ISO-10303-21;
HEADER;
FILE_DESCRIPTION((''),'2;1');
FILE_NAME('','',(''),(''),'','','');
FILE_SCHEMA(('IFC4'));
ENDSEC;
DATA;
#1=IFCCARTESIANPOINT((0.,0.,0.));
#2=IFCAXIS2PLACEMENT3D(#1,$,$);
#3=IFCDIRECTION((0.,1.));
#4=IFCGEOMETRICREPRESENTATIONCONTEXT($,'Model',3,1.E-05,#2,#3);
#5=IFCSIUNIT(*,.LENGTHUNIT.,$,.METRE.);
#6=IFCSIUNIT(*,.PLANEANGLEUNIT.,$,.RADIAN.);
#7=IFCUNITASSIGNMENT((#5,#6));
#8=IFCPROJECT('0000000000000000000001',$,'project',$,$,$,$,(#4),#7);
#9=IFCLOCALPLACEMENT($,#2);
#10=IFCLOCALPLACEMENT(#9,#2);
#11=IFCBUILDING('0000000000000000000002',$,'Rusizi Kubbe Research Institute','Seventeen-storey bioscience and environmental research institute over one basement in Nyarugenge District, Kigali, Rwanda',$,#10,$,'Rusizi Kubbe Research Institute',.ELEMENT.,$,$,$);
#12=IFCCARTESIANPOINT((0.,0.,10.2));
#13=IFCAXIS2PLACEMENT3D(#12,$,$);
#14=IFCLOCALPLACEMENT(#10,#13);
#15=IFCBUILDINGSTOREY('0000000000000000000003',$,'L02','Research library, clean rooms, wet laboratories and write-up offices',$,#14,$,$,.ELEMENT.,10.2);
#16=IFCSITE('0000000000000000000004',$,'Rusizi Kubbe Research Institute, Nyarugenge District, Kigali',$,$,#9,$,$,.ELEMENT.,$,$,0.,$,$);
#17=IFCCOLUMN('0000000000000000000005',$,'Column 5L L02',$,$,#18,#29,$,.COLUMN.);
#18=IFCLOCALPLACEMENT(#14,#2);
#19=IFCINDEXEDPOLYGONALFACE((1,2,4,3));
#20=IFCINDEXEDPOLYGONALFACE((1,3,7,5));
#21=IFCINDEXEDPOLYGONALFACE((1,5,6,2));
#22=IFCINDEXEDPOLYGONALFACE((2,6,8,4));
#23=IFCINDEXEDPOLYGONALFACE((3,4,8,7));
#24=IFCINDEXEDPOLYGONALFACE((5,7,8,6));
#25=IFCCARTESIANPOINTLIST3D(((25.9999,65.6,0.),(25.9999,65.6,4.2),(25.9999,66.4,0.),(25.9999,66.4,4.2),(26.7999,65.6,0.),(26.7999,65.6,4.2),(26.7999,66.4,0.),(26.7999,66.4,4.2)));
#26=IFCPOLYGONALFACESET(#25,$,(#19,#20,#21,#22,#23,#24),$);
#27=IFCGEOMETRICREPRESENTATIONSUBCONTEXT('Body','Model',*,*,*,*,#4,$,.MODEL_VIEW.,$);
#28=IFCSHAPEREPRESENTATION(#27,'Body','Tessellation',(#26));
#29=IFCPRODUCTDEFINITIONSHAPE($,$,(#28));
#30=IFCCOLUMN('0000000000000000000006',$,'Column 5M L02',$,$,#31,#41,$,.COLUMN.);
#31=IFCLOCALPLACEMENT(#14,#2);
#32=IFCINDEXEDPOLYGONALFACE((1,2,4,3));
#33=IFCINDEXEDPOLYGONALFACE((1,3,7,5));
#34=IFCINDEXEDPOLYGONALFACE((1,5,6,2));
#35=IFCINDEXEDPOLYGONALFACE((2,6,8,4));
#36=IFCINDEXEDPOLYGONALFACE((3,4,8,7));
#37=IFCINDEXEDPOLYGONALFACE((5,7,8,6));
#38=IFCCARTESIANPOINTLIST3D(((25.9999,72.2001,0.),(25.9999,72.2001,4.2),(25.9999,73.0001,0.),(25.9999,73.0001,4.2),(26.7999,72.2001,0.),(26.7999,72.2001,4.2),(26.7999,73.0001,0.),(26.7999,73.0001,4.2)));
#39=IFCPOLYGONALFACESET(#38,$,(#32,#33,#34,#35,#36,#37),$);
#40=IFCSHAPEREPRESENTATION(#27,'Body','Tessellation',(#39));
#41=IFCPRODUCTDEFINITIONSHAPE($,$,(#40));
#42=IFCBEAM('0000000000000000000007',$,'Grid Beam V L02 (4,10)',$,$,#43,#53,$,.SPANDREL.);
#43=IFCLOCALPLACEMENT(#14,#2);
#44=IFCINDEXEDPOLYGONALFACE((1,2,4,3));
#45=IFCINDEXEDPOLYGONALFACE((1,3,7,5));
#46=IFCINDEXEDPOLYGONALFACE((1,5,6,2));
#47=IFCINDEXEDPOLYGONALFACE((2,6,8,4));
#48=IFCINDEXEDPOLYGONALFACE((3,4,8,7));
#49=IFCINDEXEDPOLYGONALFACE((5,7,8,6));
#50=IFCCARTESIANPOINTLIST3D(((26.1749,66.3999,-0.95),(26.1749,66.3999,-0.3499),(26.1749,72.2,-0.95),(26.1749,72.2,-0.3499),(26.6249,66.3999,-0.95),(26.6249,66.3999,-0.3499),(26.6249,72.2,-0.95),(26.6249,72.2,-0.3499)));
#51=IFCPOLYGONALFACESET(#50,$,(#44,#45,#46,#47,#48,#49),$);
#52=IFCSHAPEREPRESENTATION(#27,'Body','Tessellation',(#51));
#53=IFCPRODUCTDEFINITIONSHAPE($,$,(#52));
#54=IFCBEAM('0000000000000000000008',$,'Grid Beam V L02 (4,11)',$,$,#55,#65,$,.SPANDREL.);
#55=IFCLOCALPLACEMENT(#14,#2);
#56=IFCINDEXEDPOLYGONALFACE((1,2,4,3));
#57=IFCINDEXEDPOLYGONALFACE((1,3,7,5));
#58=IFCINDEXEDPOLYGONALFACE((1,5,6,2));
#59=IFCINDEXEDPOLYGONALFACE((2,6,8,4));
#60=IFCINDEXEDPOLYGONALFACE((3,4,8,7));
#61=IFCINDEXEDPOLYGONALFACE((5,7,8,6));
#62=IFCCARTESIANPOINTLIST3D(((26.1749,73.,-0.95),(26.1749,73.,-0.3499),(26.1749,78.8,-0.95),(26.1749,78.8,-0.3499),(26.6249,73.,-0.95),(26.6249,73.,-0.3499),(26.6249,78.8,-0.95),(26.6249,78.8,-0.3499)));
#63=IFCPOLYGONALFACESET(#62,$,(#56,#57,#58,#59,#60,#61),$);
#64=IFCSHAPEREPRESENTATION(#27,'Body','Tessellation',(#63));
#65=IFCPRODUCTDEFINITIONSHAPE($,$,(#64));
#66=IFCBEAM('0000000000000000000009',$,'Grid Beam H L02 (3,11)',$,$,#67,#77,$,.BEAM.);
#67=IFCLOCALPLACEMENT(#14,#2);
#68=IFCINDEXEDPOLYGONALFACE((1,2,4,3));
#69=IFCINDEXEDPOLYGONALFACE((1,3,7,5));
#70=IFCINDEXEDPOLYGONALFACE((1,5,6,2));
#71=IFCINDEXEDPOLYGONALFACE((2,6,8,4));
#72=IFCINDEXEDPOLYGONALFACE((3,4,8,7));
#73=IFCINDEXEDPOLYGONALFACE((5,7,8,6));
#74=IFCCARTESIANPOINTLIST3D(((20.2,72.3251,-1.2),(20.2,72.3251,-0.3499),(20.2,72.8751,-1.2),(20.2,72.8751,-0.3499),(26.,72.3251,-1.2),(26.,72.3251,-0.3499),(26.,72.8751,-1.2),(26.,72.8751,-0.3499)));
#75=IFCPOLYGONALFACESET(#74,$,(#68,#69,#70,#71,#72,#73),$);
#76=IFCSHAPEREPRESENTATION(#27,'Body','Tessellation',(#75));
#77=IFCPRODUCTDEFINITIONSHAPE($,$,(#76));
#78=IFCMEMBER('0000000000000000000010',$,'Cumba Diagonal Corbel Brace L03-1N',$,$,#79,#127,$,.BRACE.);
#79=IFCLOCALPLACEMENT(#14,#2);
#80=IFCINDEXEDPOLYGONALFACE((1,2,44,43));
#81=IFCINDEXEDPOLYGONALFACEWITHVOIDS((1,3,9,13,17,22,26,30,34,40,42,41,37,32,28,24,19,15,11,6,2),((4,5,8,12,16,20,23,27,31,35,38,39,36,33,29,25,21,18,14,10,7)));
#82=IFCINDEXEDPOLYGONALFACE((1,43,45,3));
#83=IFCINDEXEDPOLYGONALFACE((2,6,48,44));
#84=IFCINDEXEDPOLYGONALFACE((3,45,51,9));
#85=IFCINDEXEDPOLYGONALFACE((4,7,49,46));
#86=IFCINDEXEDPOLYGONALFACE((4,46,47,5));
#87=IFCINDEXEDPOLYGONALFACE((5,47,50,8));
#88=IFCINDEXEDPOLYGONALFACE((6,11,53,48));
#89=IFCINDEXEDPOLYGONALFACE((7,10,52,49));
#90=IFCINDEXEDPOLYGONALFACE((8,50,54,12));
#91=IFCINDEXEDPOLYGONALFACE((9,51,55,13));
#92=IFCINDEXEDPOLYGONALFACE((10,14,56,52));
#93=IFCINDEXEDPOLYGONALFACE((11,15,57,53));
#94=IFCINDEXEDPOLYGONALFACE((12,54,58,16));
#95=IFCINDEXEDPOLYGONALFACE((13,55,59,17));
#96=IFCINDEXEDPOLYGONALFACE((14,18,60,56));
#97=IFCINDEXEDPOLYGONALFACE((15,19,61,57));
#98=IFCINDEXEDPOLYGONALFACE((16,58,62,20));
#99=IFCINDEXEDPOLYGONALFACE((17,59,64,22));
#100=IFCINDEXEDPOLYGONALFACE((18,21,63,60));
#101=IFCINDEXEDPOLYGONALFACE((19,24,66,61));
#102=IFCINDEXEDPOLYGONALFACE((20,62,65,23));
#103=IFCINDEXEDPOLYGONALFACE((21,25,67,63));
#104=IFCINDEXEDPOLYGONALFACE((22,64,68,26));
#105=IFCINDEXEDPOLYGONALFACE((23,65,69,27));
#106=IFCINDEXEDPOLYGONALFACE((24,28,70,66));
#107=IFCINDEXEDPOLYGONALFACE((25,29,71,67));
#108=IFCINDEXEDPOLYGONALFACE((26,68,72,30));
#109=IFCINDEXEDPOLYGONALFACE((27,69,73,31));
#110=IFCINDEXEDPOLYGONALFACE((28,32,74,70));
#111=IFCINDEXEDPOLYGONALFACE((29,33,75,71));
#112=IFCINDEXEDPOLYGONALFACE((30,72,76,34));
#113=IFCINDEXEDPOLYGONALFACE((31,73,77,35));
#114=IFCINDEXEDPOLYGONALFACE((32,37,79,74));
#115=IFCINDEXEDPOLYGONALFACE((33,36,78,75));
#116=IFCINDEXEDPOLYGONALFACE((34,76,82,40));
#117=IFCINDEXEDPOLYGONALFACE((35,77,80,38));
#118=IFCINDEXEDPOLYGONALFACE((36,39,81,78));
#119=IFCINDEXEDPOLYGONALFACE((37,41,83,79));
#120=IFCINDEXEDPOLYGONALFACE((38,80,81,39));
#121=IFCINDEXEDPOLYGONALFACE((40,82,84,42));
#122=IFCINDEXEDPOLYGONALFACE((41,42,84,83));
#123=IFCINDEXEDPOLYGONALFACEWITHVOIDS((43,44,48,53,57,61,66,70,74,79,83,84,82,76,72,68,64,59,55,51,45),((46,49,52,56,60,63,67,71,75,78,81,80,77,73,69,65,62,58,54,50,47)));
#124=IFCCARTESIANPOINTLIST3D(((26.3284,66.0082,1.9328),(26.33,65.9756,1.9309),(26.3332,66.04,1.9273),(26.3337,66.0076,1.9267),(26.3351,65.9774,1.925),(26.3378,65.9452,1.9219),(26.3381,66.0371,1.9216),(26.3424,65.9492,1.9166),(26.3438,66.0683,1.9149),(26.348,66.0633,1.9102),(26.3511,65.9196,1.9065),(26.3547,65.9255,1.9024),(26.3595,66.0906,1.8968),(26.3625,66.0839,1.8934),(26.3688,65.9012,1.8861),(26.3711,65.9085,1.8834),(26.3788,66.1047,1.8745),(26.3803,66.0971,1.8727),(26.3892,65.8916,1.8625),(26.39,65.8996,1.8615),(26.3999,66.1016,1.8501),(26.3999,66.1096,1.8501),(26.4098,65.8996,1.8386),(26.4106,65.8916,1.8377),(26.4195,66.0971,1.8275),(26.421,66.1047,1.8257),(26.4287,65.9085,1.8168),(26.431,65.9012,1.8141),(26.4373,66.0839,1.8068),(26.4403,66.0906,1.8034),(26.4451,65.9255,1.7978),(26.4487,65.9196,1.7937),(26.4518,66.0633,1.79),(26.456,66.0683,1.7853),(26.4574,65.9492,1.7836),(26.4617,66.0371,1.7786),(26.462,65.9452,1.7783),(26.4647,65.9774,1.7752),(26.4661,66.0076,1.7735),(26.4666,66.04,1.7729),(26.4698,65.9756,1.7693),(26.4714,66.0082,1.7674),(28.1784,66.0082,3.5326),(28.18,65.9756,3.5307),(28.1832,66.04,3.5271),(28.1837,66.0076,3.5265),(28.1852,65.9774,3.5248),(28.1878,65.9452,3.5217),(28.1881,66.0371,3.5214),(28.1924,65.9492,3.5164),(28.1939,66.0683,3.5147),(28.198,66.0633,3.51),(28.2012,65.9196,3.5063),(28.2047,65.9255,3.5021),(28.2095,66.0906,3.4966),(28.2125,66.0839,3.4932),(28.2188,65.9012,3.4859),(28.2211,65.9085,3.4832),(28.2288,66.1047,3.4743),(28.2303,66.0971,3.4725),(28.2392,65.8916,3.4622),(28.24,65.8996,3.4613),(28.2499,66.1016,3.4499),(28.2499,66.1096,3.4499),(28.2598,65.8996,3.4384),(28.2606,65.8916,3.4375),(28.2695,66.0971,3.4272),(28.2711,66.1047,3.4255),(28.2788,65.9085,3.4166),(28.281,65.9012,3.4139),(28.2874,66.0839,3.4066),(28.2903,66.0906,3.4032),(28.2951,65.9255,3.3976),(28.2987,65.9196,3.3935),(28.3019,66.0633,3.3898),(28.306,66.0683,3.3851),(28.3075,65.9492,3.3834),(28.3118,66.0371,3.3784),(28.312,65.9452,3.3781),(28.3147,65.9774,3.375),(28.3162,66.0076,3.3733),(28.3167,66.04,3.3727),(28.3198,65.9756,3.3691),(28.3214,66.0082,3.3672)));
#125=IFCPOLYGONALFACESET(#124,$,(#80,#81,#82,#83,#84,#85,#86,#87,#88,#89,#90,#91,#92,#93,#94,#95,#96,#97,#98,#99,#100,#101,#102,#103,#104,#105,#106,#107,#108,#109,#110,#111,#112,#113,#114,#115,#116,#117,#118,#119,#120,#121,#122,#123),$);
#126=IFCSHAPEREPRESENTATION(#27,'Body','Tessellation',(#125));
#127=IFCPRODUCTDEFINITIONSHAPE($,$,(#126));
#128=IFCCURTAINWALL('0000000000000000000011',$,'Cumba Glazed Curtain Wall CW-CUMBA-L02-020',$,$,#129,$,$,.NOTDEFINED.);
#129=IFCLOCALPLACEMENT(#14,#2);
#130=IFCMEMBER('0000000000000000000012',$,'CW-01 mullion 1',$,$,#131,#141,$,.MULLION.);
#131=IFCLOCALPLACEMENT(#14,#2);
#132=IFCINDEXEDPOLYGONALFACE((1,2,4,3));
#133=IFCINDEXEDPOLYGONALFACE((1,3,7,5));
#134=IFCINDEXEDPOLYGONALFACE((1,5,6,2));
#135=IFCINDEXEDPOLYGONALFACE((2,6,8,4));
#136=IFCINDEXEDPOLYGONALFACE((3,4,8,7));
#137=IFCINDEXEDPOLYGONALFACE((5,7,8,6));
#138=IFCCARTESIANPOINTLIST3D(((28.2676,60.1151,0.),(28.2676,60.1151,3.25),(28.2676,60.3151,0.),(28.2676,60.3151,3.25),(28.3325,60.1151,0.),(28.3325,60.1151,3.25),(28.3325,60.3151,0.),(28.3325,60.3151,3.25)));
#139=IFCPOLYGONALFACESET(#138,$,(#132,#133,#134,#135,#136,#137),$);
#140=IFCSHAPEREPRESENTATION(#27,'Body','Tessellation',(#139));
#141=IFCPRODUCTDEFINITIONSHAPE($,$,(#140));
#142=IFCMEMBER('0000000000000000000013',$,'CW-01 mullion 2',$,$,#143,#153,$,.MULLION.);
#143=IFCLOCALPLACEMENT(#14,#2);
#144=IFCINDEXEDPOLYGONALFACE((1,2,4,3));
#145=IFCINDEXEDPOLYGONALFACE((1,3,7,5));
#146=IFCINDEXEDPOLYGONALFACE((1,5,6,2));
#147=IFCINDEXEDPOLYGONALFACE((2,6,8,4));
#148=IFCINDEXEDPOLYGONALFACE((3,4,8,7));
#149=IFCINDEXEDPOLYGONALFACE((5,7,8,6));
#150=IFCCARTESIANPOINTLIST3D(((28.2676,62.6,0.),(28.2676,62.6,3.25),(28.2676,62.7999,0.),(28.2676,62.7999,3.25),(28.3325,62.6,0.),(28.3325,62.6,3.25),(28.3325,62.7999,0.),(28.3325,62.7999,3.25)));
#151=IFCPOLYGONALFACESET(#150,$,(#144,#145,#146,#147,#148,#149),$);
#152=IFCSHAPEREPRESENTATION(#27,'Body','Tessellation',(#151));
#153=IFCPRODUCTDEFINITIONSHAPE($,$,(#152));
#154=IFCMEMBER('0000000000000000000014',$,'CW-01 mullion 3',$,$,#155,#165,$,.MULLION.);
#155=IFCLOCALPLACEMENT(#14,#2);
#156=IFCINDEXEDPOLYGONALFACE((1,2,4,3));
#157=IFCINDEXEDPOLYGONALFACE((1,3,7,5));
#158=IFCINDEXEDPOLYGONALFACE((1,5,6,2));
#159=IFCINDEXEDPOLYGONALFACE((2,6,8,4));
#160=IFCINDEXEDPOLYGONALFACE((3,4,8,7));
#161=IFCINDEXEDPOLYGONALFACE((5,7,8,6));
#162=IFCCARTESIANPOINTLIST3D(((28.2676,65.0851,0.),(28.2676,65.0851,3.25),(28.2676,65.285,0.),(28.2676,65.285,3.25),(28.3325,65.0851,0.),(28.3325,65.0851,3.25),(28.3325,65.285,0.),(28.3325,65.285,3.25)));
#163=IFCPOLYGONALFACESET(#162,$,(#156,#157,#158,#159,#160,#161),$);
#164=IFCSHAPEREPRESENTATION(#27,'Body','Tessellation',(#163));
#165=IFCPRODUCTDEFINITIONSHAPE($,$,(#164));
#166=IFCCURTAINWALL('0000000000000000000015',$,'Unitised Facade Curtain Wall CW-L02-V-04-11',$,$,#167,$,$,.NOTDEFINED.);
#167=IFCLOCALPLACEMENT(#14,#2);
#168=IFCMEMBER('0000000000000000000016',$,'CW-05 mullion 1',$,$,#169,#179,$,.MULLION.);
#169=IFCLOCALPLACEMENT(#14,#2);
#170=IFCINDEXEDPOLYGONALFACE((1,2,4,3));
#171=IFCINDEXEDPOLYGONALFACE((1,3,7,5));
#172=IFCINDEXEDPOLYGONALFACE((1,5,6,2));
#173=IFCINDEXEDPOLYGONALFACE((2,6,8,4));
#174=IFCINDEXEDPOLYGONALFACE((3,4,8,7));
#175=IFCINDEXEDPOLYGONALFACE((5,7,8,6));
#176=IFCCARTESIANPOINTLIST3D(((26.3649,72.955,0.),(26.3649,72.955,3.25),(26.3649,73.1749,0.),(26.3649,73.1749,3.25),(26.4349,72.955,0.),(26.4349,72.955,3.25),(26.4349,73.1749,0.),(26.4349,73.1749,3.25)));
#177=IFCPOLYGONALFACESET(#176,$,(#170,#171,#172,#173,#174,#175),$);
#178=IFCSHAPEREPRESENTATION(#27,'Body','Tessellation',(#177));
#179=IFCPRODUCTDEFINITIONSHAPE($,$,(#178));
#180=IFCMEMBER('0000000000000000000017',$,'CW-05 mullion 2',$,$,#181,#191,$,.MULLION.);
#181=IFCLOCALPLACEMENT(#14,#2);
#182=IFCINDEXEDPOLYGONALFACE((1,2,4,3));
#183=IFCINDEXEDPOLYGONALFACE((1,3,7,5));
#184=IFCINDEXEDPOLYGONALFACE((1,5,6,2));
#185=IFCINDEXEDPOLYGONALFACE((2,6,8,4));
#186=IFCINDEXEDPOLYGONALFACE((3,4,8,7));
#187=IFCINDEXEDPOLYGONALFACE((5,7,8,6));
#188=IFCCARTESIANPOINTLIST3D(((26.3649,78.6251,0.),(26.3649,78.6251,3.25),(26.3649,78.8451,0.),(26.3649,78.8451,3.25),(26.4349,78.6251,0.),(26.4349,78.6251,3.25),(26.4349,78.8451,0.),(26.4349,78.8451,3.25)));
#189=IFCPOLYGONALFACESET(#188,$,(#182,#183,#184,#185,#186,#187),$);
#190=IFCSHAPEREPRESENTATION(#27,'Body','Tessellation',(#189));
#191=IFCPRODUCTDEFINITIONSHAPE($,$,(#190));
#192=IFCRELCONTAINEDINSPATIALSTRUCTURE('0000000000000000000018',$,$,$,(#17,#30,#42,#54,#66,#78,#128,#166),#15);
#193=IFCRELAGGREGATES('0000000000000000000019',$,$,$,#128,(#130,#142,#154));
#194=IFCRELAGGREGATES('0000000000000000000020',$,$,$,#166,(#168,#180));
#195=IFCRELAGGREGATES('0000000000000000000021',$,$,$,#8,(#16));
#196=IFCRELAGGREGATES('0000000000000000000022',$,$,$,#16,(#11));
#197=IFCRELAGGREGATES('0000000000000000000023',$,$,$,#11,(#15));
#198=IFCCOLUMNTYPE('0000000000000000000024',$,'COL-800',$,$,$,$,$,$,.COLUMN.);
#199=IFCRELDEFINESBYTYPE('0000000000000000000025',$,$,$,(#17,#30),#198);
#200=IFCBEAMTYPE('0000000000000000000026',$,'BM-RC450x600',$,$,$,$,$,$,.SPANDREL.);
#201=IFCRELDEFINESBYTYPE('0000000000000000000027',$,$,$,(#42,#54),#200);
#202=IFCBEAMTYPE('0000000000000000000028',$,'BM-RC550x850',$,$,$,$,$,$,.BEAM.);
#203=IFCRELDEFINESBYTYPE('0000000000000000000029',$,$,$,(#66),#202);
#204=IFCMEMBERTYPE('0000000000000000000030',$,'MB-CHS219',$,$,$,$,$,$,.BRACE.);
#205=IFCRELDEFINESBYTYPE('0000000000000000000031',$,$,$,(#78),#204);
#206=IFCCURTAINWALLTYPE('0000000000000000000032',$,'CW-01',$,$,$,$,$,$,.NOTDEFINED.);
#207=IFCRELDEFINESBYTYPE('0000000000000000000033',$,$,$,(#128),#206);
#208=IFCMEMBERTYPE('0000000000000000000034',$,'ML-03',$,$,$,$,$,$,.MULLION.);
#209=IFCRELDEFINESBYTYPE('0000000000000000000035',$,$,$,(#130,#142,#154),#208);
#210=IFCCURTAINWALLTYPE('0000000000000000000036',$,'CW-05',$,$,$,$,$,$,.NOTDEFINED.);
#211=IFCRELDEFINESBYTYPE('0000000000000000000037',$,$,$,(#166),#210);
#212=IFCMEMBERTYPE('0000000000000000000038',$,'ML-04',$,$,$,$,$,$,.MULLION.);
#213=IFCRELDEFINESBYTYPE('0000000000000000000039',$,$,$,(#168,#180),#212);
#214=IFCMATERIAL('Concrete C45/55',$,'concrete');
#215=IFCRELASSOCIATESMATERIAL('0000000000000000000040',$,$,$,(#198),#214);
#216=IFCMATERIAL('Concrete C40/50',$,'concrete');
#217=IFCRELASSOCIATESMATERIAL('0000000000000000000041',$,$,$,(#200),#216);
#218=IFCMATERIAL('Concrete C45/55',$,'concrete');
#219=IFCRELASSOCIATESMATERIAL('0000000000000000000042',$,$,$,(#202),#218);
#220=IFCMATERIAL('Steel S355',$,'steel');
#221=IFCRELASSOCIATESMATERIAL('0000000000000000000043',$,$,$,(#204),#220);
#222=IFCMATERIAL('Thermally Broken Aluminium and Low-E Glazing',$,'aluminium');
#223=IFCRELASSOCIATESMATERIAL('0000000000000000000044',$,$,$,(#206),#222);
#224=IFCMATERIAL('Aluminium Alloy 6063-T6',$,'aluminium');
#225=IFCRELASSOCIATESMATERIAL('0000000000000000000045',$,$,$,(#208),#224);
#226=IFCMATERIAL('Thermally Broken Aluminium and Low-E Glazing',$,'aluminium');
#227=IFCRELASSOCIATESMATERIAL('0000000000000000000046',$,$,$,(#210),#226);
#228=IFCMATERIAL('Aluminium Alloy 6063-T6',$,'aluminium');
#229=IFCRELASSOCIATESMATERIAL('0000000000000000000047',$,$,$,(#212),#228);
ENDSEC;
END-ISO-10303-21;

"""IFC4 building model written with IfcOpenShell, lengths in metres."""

from ifc_helpers import new_model, si_unit, direction, frame, origin, origin_2d, place, context, subcontext, project, spatial, rectangle, hollow_circle, extrude, material, material_profile, profile_set, type_object, element, aggregate, save


model = new_model("IFC4")

# Units and contexts
model_context = context("Model", 3, precision=1e-05, world=origin(), true_north=direction((0.0, 1.0)))
body_context = subcontext(model_context, "Body", "Model", "MODEL_VIEW")
ifc_project = project(units=[si_unit("LENGTHUNIT", "METRE"), si_unit("PLANEANGLEUNIT", "RADIAN")], contexts=[model_context])

# Site, building, storey
site_placement = place(None, origin())
site = spatial("IfcSite", under=ifc_project, at=site_placement, Name="Rusizi Kubbe Research Institute, Nyarugenge District, Kigali", CompositionType="ELEMENT", RefElevation=0.0)
building_placement = place(site_placement, origin())
building = spatial("IfcBuilding", under=site, at=building_placement, Name="Rusizi Kubbe Research Institute", Description="Seventeen-storey bioscience and environmental research institute over one basement in Nyarugenge District, Kigali, Rwanda", LongName="Rusizi Kubbe Research Institute", CompositionType="ELEMENT")
storey_placement = place(building_placement, frame((0.0, 0.0, 10.2)))
storey = spatial("IfcBuildingStorey", under=building, at=storey_placement, Name="L02", Description="Research library, clean rooms, wet laboratories and write-up offices", CompositionType="ELEMENT", Elevation=10.2)

# Columns
ifc_material_1 = material(Name="Concrete C45/55", Category="concrete")
ifc_material_profile_1 = material_profile(ifc_material_1, rectangle(XDim=0.8, YDim=0.8, at=origin_2d()), Name="RC800x800")
ifc_profile_set_1 = profile_set([ifc_material_profile_1], Name="Concrete C45/55")
column_type = type_object("IfcColumnType", Name="COL-800", PredefinedType="COLUMN", material=ifc_profile_set_1)
for number, where, z_axis, x_axis, name in (
    (1, (26.3999, 66.0, 0.0), (0.0, 0.0, 1.0), (1.0, 0.0, 0.0), "Column 5L L02"),
    (2, (26.3999, 72.6001, 0.0), (0.0, 0.0, 1.0), (1.0, 0.0, 0.0), "Column 5M L02"),
):
    element("IfcColumn", number, at=place(storey_placement, frame(where, z_axis=z_axis, x_axis=x_axis)), inside=storey, type_object=column_type, Name=name, PredefinedType="COLUMN", context=body_context, shape_type="SweptSolid", body=[
        extrude(rectangle(XDim=0.8, YDim=0.8, at=origin_2d()), origin(), (0.0, 0.0, 1.0), 4.2),
    ])

# Beams
ifc_material_2 = material(Name="Concrete C40/50", Category="concrete")
ifc_material_profile_2 = material_profile(ifc_material_2, rectangle(XDim=0.45, YDim=0.6001, at=origin_2d()), Name="RC450x600")
ifc_profile_set_2 = profile_set([ifc_material_profile_2], Name="Concrete C40/50")
beam_type_1 = type_object("IfcBeamType", Name="BM-RC450x600", PredefinedType="SPANDREL", material=ifc_profile_set_2)
for number, where, z_axis, x_axis, name in (
    (3, (26.3999, 66.3999, -0.6499), (0.0, 1.0, 0.0), (-1.0, 0.0, 0.0), "Grid Beam V L02 (4,10)"),
    (4, (26.3999, 73.0, -0.6499), (0.0, 1.0, 0.0), (-1.0, 0.0, 0.0), "Grid Beam V L02 (4,11)"),
):
    element("IfcBeam", number, at=place(storey_placement, frame(where, z_axis=z_axis, x_axis=x_axis)), inside=storey, type_object=beam_type_1, Name=name, PredefinedType="SPANDREL", context=body_context, shape_type="SweptSolid", body=[
        extrude(rectangle(XDim=0.45, YDim=0.6001, at=origin_2d()), origin(), (0.0, 0.0, 1.0), 5.8),
    ])
ifc_material_3 = material(Name="Concrete C45/55", Category="concrete")
ifc_material_profile_3 = material_profile(ifc_material_3, rectangle(XDim=0.55, YDim=0.8501, at=origin_2d()), Name="RC550x850")
ifc_profile_set_3 = profile_set([ifc_material_profile_3], Name="Concrete C45/55")
beam_type_2 = type_object("IfcBeamType", Name="BM-RC550x850", PredefinedType="BEAM", material=ifc_profile_set_3)
beam_placement = place(storey_placement, frame((20.2, 72.6001, -0.7749), z_axis=(1.0, 0.0, 0.0), x_axis=(0.0, 1.0, 0.0)))
element("IfcBeam", 5, at=beam_placement, inside=storey, type_object=beam_type_2, Name="Grid Beam H L02 (3,11)", PredefinedType="BEAM", context=body_context, shape_type="SweptSolid", body=[
    extrude(rectangle(XDim=0.55, YDim=0.8501, at=origin_2d()), origin(), (0.0, 0.0, 1.0), 5.8),
])

# Member
ifc_material_4 = material(Name="Steel S355", Category="steel")
ifc_material_profile_4 = material_profile(ifc_material_4, hollow_circle(Radius=0.1096, WallThickness=0.0081, at=origin_2d()), Name="CHS 219.1x8.0")
ifc_profile_set_4 = profile_set([ifc_material_profile_4], Name="Steel S355")
member_type_1 = type_object("IfcMemberType", Name="MB-CHS219", PredefinedType="BRACE", material=ifc_profile_set_4)
member_1_placement = place(storey_placement, frame((26.3999, 66.0, 1.8501), z_axis=(0.75641, 0.0, 0.654098), x_axis=(0.0, 1.0, 0.0)))
element("IfcMember", 6, at=member_1_placement, inside=storey, type_object=member_type_1, Name="Cumba Diagonal Corbel Brace L03-1N", PredefinedType="BRACE", context=body_context, shape_type="SweptSolid", body=[
    extrude(hollow_circle(Radius=0.1096, WallThickness=0.0081, at=origin_2d()), origin(), (0.0, 0.0, 1.0), 2.4458),
])

# Curtain walls, members
ifc_material_5 = material(Name="Thermally Broken Aluminium and Low-E Glazing", Category="aluminium")
curtain_wall_type_1 = type_object("IfcCurtainWallType", Name="CW-01", PredefinedType="NOTDEFINED", material=ifc_material_5)
curtain_wall_1_placement = place(storey_placement, origin())
curtain_wall_1 = element("IfcCurtainWall", 7, at=curtain_wall_1_placement, inside=storey, type_object=curtain_wall_type_1, Name="Cumba Glazed Curtain Wall CW-CUMBA-L02-020", PredefinedType="NOTDEFINED")
ifc_material_6 = material(Name="Aluminium Alloy 6063-T6", Category="aluminium")
ifc_material_profile_5 = material_profile(ifc_material_6, rectangle(XDim=0.0649, YDim=0.2, at=origin_2d()), Name="ALU-M 65x200")
ifc_profile_set_5 = profile_set([ifc_material_profile_5], Name="Aluminium Alloy 6063-T6")
member_type_2 = type_object("IfcMemberType", Name="ML-03", PredefinedType="MULLION", material=ifc_profile_set_5)
member_2_placement = place(storey_placement, frame((28.3, 60.2151, 0.0), z_axis=(0.0, 0.0, 1.0), x_axis=(-1.0, 0.0, 0.0)))
member_2 = element("IfcMember", 8, at=member_2_placement, type_object=member_type_2, Name="CW-01 mullion 1", PredefinedType="MULLION", context=body_context, shape_type="SweptSolid", body=[
    extrude(rectangle(XDim=0.0649, YDim=0.2, at=origin_2d()), origin(), (0.0, 0.0, 1.0), 3.25),
])
member_3_placement = place(storey_placement, frame((28.3, 62.7, 0.0), z_axis=(0.0, 0.0, 1.0), x_axis=(-1.0, 0.0, 0.0)))
member_3 = element("IfcMember", 9, at=member_3_placement, type_object=member_type_2, Name="CW-01 mullion 2", PredefinedType="MULLION", context=body_context, shape_type="SweptSolid", body=[
    extrude(rectangle(XDim=0.0649, YDim=0.2, at=origin_2d()), origin(), (0.0, 0.0, 1.0), 3.25),
])
member_4_placement = place(storey_placement, frame((28.3, 65.1851, 0.0), z_axis=(0.0, 0.0, 1.0), x_axis=(-1.0, 0.0, 0.0)))
member_4 = element("IfcMember", 10, at=member_4_placement, type_object=member_type_2, Name="CW-01 mullion 3", PredefinedType="MULLION", context=body_context, shape_type="SweptSolid", body=[
    extrude(rectangle(XDim=0.0649, YDim=0.2, at=origin_2d()), origin(), (0.0, 0.0, 1.0), 3.25),
])
ifc_material_7 = material(Name="Thermally Broken Aluminium and Low-E Glazing", Category="aluminium")
curtain_wall_type_2 = type_object("IfcCurtainWallType", Name="CW-05", PredefinedType="NOTDEFINED", material=ifc_material_7)
curtain_wall_2_placement = place(storey_placement, origin())
curtain_wall_2 = element("IfcCurtainWall", 11, at=curtain_wall_2_placement, inside=storey, type_object=curtain_wall_type_2, Name="Unitised Facade Curtain Wall CW-L02-V-04-11", PredefinedType="NOTDEFINED")
ifc_material_8 = material(Name="Aluminium Alloy 6063-T6", Category="aluminium")
ifc_material_profile_6 = material_profile(ifc_material_8, rectangle(XDim=0.0701, YDim=0.22, at=origin_2d()), Name="ALU-M 70x220")
ifc_profile_set_6 = profile_set([ifc_material_profile_6], Name="Aluminium Alloy 6063-T6")
member_type_3 = type_object("IfcMemberType", Name="ML-04", PredefinedType="MULLION", material=ifc_profile_set_6)
member_5_placement = place(storey_placement, frame((26.3999, 73.0649, 0.0), z_axis=(0.0, 0.0, 1.0), x_axis=(-1.0, 0.0, 0.0)))
member_5 = element("IfcMember", 12, at=member_5_placement, type_object=member_type_3, Name="CW-05 mullion 1", PredefinedType="MULLION", context=body_context, shape_type="SweptSolid", body=[
    extrude(rectangle(XDim=0.0701, YDim=0.22, at=origin_2d()), origin(), (0.0, 0.0, 1.0), 3.25),
])
member_6_placement = place(storey_placement, frame((26.3999, 78.7351, 0.0), z_axis=(0.0, 0.0, 1.0), x_axis=(-1.0, 0.0, 0.0)))
member_6 = element("IfcMember", 13, at=member_6_placement, type_object=member_type_3, Name="CW-05 mullion 2", PredefinedType="MULLION", context=body_context, shape_type="SweptSolid", body=[
    extrude(rectangle(XDim=0.0701, YDim=0.22, at=origin_2d()), origin(), (0.0, 0.0, 1.0), 3.25),
])

aggregate(curtain_wall_1, [member_2, member_3, member_4])
aggregate(curtain_wall_2, [member_5, member_6])

save(model, "model.ifc")
